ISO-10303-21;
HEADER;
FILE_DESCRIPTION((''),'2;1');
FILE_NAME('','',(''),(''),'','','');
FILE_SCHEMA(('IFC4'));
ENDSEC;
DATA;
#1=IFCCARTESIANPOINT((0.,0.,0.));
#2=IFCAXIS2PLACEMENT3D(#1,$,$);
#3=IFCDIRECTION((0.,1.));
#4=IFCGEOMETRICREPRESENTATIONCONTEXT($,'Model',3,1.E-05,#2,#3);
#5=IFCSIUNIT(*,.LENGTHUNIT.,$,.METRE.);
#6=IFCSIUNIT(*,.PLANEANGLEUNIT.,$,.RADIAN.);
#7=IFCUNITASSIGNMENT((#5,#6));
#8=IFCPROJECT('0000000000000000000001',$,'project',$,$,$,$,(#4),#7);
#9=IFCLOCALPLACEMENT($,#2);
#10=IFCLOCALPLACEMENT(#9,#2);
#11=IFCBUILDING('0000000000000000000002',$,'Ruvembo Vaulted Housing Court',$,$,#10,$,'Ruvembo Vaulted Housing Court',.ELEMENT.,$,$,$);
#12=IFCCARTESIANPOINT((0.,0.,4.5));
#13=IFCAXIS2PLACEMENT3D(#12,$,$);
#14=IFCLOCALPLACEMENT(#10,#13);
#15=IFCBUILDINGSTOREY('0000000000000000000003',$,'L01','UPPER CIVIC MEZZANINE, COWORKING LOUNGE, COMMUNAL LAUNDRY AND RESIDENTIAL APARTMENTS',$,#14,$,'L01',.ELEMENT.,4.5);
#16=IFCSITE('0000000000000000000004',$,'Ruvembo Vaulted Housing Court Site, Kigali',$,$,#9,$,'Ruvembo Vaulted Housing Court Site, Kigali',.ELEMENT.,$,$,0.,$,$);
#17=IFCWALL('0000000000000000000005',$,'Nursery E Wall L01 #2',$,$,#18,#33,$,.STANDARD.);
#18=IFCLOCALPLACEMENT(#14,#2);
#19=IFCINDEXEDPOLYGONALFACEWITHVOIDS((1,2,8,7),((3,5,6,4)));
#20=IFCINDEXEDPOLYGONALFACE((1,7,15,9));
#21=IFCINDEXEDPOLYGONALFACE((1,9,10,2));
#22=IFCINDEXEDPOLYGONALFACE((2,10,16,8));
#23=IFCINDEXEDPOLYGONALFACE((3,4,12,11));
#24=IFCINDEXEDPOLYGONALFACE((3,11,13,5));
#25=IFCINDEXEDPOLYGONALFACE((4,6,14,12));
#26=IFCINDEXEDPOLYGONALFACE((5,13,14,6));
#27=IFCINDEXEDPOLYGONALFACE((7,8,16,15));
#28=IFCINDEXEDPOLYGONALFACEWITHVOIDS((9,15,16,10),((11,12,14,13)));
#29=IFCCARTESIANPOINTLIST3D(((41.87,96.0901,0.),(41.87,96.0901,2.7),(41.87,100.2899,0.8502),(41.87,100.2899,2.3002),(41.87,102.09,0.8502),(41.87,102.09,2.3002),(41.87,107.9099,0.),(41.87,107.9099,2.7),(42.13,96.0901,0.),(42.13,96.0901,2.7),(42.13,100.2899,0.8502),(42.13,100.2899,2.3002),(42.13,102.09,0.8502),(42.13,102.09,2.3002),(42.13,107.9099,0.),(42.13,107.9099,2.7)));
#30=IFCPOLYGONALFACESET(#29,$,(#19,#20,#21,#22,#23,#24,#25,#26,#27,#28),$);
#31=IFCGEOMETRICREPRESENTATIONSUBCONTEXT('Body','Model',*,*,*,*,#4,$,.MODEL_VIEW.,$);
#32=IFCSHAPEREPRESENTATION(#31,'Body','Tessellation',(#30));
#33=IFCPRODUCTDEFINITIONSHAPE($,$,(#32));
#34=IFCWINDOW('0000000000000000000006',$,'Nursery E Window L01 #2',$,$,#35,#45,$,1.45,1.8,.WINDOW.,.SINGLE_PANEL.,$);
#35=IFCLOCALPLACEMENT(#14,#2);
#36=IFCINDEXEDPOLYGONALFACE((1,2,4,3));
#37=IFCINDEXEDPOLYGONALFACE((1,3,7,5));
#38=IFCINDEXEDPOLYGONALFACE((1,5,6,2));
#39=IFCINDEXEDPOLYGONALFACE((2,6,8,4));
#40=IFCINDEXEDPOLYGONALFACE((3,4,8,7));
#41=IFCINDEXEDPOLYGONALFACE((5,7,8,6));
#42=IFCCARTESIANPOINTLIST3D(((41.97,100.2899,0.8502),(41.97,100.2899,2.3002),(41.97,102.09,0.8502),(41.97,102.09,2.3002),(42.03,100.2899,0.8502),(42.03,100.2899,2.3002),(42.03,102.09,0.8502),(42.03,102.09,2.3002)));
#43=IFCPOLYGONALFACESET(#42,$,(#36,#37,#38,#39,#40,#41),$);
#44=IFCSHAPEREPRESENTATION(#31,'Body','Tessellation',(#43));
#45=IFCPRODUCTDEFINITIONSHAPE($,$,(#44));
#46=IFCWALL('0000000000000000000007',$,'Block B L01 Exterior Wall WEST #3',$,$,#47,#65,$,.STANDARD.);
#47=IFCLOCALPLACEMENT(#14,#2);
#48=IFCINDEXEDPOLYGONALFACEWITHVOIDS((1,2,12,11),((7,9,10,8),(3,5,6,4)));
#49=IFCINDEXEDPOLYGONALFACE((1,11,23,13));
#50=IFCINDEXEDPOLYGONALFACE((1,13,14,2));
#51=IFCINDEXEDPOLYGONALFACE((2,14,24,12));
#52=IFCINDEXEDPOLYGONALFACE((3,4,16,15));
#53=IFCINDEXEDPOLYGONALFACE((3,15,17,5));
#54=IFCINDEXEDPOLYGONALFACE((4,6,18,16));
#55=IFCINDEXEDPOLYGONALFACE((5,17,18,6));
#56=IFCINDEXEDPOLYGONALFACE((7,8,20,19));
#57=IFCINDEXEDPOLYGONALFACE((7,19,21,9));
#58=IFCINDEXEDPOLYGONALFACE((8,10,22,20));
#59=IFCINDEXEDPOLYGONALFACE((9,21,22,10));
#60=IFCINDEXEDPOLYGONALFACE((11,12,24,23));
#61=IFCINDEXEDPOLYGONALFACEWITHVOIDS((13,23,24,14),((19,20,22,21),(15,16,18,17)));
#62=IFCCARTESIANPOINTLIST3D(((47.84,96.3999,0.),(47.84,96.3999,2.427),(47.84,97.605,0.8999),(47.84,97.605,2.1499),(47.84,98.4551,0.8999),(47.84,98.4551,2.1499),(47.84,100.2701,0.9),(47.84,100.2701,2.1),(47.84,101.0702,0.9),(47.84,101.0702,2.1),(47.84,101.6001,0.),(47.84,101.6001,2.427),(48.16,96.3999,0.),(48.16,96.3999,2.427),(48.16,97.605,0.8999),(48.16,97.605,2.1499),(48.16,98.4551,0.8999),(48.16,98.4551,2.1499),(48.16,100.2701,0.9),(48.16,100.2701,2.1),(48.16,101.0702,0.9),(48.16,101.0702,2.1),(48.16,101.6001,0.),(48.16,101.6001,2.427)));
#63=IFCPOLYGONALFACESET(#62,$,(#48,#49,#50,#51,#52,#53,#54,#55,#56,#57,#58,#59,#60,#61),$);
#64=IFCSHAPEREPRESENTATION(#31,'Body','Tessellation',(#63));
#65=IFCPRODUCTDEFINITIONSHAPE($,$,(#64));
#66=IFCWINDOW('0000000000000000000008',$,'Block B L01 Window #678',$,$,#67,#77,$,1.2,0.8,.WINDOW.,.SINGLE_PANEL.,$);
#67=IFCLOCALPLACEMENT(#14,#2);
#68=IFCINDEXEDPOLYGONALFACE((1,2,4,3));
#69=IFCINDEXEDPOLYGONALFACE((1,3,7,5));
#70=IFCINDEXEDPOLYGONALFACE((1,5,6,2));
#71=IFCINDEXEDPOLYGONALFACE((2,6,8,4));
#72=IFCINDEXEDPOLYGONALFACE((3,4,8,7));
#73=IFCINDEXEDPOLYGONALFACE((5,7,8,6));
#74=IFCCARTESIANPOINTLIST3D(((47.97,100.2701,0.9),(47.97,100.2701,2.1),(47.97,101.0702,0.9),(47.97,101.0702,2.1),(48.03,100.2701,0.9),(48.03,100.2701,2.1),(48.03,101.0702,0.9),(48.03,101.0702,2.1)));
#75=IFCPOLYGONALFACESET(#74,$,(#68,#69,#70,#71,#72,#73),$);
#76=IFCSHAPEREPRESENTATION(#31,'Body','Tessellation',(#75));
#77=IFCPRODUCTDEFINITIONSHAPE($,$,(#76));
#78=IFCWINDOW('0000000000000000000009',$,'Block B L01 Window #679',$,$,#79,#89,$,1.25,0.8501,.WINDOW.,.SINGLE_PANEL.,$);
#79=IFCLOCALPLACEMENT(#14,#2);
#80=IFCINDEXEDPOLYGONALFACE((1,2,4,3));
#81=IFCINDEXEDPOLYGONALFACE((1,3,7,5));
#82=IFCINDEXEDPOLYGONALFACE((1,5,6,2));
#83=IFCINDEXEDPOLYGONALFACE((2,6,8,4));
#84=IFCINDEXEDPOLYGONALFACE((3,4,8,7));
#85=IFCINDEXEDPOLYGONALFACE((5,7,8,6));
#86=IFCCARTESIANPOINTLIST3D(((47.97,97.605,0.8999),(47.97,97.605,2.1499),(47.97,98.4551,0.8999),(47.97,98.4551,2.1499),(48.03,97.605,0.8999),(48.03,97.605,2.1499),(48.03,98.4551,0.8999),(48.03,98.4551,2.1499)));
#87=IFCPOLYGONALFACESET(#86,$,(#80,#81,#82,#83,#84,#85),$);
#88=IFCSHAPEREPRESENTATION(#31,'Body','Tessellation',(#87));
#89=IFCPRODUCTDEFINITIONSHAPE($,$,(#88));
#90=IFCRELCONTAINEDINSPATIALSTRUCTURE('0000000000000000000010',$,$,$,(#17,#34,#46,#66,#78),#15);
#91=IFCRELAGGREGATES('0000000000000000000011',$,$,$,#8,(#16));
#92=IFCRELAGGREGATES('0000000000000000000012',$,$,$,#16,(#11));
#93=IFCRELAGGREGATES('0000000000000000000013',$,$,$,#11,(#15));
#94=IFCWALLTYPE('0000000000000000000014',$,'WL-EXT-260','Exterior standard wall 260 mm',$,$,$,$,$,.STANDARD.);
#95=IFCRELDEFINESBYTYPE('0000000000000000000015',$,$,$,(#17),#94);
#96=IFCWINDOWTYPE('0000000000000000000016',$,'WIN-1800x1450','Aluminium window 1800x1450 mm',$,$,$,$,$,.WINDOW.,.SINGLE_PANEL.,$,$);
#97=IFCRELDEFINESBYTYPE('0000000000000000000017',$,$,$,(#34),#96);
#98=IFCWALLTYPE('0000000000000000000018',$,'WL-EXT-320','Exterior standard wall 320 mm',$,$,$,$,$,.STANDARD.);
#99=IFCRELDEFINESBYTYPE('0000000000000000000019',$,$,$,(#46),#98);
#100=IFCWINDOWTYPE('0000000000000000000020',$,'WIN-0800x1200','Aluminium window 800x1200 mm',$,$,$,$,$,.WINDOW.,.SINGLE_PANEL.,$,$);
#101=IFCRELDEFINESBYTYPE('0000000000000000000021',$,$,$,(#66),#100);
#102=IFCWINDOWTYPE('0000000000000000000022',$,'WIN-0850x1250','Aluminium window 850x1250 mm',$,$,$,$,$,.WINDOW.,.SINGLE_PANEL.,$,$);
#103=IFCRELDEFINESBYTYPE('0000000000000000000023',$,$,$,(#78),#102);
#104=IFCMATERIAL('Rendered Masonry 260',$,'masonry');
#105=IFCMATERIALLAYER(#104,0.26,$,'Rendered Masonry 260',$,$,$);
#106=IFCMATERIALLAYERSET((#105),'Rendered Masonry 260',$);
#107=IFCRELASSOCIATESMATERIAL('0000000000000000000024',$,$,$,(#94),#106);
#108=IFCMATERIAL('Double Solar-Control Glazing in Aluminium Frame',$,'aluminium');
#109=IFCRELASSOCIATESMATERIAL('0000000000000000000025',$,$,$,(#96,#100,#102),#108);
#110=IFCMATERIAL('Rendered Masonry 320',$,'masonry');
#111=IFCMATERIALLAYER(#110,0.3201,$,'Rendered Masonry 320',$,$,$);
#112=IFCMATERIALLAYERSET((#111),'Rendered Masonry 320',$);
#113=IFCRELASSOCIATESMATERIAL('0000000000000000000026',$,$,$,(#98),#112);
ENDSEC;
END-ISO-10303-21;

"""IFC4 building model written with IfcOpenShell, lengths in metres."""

from ifc_helpers import new_model, si_unit, direction, frame, frame_2d, origin, place, context, subcontext, project, spatial, rectangle, extrude, material, layer, layer_set, type_object, element, fill, save


model = new_model("IFC4")

# Units and contexts
model_context = context("Model", 3, precision=1e-05, world=origin(), true_north=direction((0.0, 1.0)))
body_context = subcontext(model_context, "Body", "Model", "MODEL_VIEW")
ifc_project = project(units=[si_unit("LENGTHUNIT", "METRE"), si_unit("PLANEANGLEUNIT", "RADIAN")], contexts=[model_context])

# Site, building, storey
site_placement = place(None, origin())
site = spatial("IfcSite", under=ifc_project, at=site_placement, Name="Ruvembo Vaulted Housing Court Site, Kigali", LongName="Ruvembo Vaulted Housing Court Site, Kigali", CompositionType="ELEMENT", RefElevation=0.0)
building_placement = place(site_placement, origin())
building = spatial("IfcBuilding", under=site, at=building_placement, Name="Ruvembo Vaulted Housing Court", LongName="Ruvembo Vaulted Housing Court", CompositionType="ELEMENT")
storey_placement = place(building_placement, frame((0.0, 0.0, 4.5)))
storey = spatial("IfcBuildingStorey", under=building, at=storey_placement, Name="L01", Description="UPPER CIVIC MEZZANINE, COWORKING LOUNGE, COMMUNAL LAUNDRY AND RESIDENTIAL APARTMENTS", LongName="L01", CompositionType="ELEMENT", Elevation=4.5)

# Shared definitions
ifc_material_1 = material(Name="Rendered Masonry 260", Category="masonry")
ifc_layer_1 = layer(ifc_material_1, 0.26, Name="Rendered Masonry 260")
ifc_layer_set_1 = layer_set([ifc_layer_1], Name="Rendered Masonry 260")
wall_type_1 = type_object("IfcWallType", Name="WL-EXT-260", Description="Exterior standard wall 260 mm", PredefinedType="STANDARD", material=ifc_layer_set_1)

# Wall, opening, window
ifc_material_2 = material(Name="Double Solar-Control Glazing in Aluminium Frame", Category="aluminium")
window_type_1 = type_object("IfcWindowType", Name="WIN-1800x1450", Description="Aluminium window 1800x1450 mm", PartitioningType="SINGLE_PANEL", PredefinedType="WINDOW", material=ifc_material_2)
wall_1_placement = place(storey_placement, frame((42.0, 96.0901, 0.0), z_axis=(0.0, 0.0, 1.0), x_axis=(0.0, 1.0, 0.0)))
wall_1 = element("IfcWall", 1, at=wall_1_placement, inside=storey, type_object=wall_type_1, Name="Nursery E Wall L01 #2", PredefinedType="STANDARD", context=body_context, shape_type="SweptSolid", body=[
    extrude(rectangle(XDim=11.8198, YDim=0.26, at=frame_2d((5.9099, 0.0))), origin(), (0.0, 0.0, 1.0), 2.7),
])
opening_1_placement = place(wall_1_placement, frame((4.2, 0.0, 0.8501)))
opening_1 = element("IfcOpeningElement", 2, at=opening_1_placement, cuts=wall_1, PredefinedType="OPENING", context=body_context, shape_type="SweptSolid", body=[
    extrude(rectangle(XDim=1.8, YDim=1.45, at=frame_2d((0.8999, 0.7251))), frame((0.0, 0.1399, 0.0), z_axis=(0.0, -1.0, 0.0), x_axis=(1.0, 0.0, 0.0)), (0.0, 0.0, 1.0), 0.28),
])
window_1_placement = place(opening_1_placement, origin())
window_1 = element("IfcWindow", 3, at=window_1_placement, inside=storey, type_object=window_type_1, Name="Nursery E Window L01 #2", OverallHeight=1.45, OverallWidth=1.8, PartitioningType="SINGLE_PANEL", PredefinedType="WINDOW", context=body_context, shape_type="SweptSolid", body=[
    extrude(rectangle(XDim=1.8, YDim=1.45, at=frame_2d((0.8999, 0.7251))), frame((0.0, 0.03, 0.0), z_axis=(0.0, -1.0, 0.0), x_axis=(1.0, 0.0, 0.0)), (0.0, 0.0, 1.0), 0.0601),
])
fill(opening_1, window_1)

# Wall, openings, windows
ifc_material_3 = material(Name="Rendered Masonry 320", Category="masonry")
ifc_layer_2 = layer(ifc_material_3, 0.3201, Name="Rendered Masonry 320")
ifc_layer_set_2 = layer_set([ifc_layer_2], Name="Rendered Masonry 320")
wall_type_2 = type_object("IfcWallType", Name="WL-EXT-320", Description="Exterior standard wall 320 mm", PredefinedType="STANDARD", material=ifc_layer_set_2)
wall_2_placement = place(storey_placement, frame((48.0, 101.6001, 0.0), z_axis=(0.0, 0.0, 1.0), x_axis=(0.0, -1.0, 0.0)))
wall_2 = element("IfcWall", 4, at=wall_2_placement, inside=storey, type_object=wall_type_2, Name="Block B L01 Exterior Wall WEST #3", PredefinedType="STANDARD", context=body_context, shape_type="SweptSolid", body=[
    extrude(rectangle(XDim=5.2002, YDim=0.3201, at=frame_2d((2.6001, 0.0))), origin(), (0.0, 0.0, 1.0), 2.427),
])
opening_2_placement = place(wall_2_placement, frame((0.53, 0.0, 0.8999)))
opening_2 = element("IfcOpeningElement", 5, at=opening_2_placement, cuts=wall_2, PredefinedType="OPENING", context=body_context, shape_type="SweptSolid", body=[
    extrude(rectangle(XDim=0.8, YDim=1.2, at=frame_2d((0.3999, 0.6001))), frame((0.0, 0.1699, 0.0), z_axis=(0.0, -1.0, 0.0), x_axis=(1.0, 0.0, 0.0)), (0.0, 0.0, 1.0), 0.3401),
])
opening_3_placement = place(wall_2_placement, frame((3.145, 0.0, 0.8999)))
opening_3 = element("IfcOpeningElement", 6, at=opening_3_placement, cuts=wall_2, PredefinedType="OPENING", context=body_context, shape_type="SweptSolid", body=[
    extrude(rectangle(XDim=0.8501, YDim=1.25, at=frame_2d((0.425, 0.625))), frame((0.0, 0.1699, 0.0), z_axis=(0.0, -1.0, 0.0), x_axis=(1.0, 0.0, 0.0)), (0.0, 0.0, 1.0), 0.3401),
])
window_type_2 = type_object("IfcWindowType", Name="WIN-0800x1200", Description="Aluminium window 800x1200 mm", PartitioningType="SINGLE_PANEL", PredefinedType="WINDOW", material=ifc_material_2)
window_2_placement = place(opening_2_placement, origin())
window_2 = element("IfcWindow", 7, at=window_2_placement, inside=storey, type_object=window_type_2, Name="Block B L01 Window #678", OverallHeight=1.2, OverallWidth=0.8, PartitioningType="SINGLE_PANEL", PredefinedType="WINDOW", context=body_context, shape_type="SweptSolid", body=[
    extrude(rectangle(XDim=0.8, YDim=1.2, at=frame_2d((0.3999, 0.6001))), frame((0.0, 0.03, 0.0), z_axis=(0.0, -1.0, 0.0), x_axis=(1.0, 0.0, 0.0)), (0.0, 0.0, 1.0), 0.0601),
])
fill(opening_2, window_2)
window_type_3 = type_object("IfcWindowType", Name="WIN-0850x1250", Description="Aluminium window 850x1250 mm", PartitioningType="SINGLE_PANEL", PredefinedType="WINDOW", material=ifc_material_2)
window_3_placement = place(opening_3_placement, origin())
window_3 = element("IfcWindow", 8, at=window_3_placement, inside=storey, type_object=window_type_3, Name="Block B L01 Window #679", OverallHeight=1.25, OverallWidth=0.8501, PartitioningType="SINGLE_PANEL", PredefinedType="WINDOW", context=body_context, shape_type="SweptSolid", body=[
    extrude(rectangle(XDim=0.8501, YDim=1.25, at=frame_2d((0.425, 0.625))), frame((0.0, 0.03, 0.0), z_axis=(0.0, -1.0, 0.0), x_axis=(1.0, 0.0, 0.0)), (0.0, 0.0, 1.0), 0.0601),
])
fill(opening_3, window_3)

save(model, "model.ifc")
